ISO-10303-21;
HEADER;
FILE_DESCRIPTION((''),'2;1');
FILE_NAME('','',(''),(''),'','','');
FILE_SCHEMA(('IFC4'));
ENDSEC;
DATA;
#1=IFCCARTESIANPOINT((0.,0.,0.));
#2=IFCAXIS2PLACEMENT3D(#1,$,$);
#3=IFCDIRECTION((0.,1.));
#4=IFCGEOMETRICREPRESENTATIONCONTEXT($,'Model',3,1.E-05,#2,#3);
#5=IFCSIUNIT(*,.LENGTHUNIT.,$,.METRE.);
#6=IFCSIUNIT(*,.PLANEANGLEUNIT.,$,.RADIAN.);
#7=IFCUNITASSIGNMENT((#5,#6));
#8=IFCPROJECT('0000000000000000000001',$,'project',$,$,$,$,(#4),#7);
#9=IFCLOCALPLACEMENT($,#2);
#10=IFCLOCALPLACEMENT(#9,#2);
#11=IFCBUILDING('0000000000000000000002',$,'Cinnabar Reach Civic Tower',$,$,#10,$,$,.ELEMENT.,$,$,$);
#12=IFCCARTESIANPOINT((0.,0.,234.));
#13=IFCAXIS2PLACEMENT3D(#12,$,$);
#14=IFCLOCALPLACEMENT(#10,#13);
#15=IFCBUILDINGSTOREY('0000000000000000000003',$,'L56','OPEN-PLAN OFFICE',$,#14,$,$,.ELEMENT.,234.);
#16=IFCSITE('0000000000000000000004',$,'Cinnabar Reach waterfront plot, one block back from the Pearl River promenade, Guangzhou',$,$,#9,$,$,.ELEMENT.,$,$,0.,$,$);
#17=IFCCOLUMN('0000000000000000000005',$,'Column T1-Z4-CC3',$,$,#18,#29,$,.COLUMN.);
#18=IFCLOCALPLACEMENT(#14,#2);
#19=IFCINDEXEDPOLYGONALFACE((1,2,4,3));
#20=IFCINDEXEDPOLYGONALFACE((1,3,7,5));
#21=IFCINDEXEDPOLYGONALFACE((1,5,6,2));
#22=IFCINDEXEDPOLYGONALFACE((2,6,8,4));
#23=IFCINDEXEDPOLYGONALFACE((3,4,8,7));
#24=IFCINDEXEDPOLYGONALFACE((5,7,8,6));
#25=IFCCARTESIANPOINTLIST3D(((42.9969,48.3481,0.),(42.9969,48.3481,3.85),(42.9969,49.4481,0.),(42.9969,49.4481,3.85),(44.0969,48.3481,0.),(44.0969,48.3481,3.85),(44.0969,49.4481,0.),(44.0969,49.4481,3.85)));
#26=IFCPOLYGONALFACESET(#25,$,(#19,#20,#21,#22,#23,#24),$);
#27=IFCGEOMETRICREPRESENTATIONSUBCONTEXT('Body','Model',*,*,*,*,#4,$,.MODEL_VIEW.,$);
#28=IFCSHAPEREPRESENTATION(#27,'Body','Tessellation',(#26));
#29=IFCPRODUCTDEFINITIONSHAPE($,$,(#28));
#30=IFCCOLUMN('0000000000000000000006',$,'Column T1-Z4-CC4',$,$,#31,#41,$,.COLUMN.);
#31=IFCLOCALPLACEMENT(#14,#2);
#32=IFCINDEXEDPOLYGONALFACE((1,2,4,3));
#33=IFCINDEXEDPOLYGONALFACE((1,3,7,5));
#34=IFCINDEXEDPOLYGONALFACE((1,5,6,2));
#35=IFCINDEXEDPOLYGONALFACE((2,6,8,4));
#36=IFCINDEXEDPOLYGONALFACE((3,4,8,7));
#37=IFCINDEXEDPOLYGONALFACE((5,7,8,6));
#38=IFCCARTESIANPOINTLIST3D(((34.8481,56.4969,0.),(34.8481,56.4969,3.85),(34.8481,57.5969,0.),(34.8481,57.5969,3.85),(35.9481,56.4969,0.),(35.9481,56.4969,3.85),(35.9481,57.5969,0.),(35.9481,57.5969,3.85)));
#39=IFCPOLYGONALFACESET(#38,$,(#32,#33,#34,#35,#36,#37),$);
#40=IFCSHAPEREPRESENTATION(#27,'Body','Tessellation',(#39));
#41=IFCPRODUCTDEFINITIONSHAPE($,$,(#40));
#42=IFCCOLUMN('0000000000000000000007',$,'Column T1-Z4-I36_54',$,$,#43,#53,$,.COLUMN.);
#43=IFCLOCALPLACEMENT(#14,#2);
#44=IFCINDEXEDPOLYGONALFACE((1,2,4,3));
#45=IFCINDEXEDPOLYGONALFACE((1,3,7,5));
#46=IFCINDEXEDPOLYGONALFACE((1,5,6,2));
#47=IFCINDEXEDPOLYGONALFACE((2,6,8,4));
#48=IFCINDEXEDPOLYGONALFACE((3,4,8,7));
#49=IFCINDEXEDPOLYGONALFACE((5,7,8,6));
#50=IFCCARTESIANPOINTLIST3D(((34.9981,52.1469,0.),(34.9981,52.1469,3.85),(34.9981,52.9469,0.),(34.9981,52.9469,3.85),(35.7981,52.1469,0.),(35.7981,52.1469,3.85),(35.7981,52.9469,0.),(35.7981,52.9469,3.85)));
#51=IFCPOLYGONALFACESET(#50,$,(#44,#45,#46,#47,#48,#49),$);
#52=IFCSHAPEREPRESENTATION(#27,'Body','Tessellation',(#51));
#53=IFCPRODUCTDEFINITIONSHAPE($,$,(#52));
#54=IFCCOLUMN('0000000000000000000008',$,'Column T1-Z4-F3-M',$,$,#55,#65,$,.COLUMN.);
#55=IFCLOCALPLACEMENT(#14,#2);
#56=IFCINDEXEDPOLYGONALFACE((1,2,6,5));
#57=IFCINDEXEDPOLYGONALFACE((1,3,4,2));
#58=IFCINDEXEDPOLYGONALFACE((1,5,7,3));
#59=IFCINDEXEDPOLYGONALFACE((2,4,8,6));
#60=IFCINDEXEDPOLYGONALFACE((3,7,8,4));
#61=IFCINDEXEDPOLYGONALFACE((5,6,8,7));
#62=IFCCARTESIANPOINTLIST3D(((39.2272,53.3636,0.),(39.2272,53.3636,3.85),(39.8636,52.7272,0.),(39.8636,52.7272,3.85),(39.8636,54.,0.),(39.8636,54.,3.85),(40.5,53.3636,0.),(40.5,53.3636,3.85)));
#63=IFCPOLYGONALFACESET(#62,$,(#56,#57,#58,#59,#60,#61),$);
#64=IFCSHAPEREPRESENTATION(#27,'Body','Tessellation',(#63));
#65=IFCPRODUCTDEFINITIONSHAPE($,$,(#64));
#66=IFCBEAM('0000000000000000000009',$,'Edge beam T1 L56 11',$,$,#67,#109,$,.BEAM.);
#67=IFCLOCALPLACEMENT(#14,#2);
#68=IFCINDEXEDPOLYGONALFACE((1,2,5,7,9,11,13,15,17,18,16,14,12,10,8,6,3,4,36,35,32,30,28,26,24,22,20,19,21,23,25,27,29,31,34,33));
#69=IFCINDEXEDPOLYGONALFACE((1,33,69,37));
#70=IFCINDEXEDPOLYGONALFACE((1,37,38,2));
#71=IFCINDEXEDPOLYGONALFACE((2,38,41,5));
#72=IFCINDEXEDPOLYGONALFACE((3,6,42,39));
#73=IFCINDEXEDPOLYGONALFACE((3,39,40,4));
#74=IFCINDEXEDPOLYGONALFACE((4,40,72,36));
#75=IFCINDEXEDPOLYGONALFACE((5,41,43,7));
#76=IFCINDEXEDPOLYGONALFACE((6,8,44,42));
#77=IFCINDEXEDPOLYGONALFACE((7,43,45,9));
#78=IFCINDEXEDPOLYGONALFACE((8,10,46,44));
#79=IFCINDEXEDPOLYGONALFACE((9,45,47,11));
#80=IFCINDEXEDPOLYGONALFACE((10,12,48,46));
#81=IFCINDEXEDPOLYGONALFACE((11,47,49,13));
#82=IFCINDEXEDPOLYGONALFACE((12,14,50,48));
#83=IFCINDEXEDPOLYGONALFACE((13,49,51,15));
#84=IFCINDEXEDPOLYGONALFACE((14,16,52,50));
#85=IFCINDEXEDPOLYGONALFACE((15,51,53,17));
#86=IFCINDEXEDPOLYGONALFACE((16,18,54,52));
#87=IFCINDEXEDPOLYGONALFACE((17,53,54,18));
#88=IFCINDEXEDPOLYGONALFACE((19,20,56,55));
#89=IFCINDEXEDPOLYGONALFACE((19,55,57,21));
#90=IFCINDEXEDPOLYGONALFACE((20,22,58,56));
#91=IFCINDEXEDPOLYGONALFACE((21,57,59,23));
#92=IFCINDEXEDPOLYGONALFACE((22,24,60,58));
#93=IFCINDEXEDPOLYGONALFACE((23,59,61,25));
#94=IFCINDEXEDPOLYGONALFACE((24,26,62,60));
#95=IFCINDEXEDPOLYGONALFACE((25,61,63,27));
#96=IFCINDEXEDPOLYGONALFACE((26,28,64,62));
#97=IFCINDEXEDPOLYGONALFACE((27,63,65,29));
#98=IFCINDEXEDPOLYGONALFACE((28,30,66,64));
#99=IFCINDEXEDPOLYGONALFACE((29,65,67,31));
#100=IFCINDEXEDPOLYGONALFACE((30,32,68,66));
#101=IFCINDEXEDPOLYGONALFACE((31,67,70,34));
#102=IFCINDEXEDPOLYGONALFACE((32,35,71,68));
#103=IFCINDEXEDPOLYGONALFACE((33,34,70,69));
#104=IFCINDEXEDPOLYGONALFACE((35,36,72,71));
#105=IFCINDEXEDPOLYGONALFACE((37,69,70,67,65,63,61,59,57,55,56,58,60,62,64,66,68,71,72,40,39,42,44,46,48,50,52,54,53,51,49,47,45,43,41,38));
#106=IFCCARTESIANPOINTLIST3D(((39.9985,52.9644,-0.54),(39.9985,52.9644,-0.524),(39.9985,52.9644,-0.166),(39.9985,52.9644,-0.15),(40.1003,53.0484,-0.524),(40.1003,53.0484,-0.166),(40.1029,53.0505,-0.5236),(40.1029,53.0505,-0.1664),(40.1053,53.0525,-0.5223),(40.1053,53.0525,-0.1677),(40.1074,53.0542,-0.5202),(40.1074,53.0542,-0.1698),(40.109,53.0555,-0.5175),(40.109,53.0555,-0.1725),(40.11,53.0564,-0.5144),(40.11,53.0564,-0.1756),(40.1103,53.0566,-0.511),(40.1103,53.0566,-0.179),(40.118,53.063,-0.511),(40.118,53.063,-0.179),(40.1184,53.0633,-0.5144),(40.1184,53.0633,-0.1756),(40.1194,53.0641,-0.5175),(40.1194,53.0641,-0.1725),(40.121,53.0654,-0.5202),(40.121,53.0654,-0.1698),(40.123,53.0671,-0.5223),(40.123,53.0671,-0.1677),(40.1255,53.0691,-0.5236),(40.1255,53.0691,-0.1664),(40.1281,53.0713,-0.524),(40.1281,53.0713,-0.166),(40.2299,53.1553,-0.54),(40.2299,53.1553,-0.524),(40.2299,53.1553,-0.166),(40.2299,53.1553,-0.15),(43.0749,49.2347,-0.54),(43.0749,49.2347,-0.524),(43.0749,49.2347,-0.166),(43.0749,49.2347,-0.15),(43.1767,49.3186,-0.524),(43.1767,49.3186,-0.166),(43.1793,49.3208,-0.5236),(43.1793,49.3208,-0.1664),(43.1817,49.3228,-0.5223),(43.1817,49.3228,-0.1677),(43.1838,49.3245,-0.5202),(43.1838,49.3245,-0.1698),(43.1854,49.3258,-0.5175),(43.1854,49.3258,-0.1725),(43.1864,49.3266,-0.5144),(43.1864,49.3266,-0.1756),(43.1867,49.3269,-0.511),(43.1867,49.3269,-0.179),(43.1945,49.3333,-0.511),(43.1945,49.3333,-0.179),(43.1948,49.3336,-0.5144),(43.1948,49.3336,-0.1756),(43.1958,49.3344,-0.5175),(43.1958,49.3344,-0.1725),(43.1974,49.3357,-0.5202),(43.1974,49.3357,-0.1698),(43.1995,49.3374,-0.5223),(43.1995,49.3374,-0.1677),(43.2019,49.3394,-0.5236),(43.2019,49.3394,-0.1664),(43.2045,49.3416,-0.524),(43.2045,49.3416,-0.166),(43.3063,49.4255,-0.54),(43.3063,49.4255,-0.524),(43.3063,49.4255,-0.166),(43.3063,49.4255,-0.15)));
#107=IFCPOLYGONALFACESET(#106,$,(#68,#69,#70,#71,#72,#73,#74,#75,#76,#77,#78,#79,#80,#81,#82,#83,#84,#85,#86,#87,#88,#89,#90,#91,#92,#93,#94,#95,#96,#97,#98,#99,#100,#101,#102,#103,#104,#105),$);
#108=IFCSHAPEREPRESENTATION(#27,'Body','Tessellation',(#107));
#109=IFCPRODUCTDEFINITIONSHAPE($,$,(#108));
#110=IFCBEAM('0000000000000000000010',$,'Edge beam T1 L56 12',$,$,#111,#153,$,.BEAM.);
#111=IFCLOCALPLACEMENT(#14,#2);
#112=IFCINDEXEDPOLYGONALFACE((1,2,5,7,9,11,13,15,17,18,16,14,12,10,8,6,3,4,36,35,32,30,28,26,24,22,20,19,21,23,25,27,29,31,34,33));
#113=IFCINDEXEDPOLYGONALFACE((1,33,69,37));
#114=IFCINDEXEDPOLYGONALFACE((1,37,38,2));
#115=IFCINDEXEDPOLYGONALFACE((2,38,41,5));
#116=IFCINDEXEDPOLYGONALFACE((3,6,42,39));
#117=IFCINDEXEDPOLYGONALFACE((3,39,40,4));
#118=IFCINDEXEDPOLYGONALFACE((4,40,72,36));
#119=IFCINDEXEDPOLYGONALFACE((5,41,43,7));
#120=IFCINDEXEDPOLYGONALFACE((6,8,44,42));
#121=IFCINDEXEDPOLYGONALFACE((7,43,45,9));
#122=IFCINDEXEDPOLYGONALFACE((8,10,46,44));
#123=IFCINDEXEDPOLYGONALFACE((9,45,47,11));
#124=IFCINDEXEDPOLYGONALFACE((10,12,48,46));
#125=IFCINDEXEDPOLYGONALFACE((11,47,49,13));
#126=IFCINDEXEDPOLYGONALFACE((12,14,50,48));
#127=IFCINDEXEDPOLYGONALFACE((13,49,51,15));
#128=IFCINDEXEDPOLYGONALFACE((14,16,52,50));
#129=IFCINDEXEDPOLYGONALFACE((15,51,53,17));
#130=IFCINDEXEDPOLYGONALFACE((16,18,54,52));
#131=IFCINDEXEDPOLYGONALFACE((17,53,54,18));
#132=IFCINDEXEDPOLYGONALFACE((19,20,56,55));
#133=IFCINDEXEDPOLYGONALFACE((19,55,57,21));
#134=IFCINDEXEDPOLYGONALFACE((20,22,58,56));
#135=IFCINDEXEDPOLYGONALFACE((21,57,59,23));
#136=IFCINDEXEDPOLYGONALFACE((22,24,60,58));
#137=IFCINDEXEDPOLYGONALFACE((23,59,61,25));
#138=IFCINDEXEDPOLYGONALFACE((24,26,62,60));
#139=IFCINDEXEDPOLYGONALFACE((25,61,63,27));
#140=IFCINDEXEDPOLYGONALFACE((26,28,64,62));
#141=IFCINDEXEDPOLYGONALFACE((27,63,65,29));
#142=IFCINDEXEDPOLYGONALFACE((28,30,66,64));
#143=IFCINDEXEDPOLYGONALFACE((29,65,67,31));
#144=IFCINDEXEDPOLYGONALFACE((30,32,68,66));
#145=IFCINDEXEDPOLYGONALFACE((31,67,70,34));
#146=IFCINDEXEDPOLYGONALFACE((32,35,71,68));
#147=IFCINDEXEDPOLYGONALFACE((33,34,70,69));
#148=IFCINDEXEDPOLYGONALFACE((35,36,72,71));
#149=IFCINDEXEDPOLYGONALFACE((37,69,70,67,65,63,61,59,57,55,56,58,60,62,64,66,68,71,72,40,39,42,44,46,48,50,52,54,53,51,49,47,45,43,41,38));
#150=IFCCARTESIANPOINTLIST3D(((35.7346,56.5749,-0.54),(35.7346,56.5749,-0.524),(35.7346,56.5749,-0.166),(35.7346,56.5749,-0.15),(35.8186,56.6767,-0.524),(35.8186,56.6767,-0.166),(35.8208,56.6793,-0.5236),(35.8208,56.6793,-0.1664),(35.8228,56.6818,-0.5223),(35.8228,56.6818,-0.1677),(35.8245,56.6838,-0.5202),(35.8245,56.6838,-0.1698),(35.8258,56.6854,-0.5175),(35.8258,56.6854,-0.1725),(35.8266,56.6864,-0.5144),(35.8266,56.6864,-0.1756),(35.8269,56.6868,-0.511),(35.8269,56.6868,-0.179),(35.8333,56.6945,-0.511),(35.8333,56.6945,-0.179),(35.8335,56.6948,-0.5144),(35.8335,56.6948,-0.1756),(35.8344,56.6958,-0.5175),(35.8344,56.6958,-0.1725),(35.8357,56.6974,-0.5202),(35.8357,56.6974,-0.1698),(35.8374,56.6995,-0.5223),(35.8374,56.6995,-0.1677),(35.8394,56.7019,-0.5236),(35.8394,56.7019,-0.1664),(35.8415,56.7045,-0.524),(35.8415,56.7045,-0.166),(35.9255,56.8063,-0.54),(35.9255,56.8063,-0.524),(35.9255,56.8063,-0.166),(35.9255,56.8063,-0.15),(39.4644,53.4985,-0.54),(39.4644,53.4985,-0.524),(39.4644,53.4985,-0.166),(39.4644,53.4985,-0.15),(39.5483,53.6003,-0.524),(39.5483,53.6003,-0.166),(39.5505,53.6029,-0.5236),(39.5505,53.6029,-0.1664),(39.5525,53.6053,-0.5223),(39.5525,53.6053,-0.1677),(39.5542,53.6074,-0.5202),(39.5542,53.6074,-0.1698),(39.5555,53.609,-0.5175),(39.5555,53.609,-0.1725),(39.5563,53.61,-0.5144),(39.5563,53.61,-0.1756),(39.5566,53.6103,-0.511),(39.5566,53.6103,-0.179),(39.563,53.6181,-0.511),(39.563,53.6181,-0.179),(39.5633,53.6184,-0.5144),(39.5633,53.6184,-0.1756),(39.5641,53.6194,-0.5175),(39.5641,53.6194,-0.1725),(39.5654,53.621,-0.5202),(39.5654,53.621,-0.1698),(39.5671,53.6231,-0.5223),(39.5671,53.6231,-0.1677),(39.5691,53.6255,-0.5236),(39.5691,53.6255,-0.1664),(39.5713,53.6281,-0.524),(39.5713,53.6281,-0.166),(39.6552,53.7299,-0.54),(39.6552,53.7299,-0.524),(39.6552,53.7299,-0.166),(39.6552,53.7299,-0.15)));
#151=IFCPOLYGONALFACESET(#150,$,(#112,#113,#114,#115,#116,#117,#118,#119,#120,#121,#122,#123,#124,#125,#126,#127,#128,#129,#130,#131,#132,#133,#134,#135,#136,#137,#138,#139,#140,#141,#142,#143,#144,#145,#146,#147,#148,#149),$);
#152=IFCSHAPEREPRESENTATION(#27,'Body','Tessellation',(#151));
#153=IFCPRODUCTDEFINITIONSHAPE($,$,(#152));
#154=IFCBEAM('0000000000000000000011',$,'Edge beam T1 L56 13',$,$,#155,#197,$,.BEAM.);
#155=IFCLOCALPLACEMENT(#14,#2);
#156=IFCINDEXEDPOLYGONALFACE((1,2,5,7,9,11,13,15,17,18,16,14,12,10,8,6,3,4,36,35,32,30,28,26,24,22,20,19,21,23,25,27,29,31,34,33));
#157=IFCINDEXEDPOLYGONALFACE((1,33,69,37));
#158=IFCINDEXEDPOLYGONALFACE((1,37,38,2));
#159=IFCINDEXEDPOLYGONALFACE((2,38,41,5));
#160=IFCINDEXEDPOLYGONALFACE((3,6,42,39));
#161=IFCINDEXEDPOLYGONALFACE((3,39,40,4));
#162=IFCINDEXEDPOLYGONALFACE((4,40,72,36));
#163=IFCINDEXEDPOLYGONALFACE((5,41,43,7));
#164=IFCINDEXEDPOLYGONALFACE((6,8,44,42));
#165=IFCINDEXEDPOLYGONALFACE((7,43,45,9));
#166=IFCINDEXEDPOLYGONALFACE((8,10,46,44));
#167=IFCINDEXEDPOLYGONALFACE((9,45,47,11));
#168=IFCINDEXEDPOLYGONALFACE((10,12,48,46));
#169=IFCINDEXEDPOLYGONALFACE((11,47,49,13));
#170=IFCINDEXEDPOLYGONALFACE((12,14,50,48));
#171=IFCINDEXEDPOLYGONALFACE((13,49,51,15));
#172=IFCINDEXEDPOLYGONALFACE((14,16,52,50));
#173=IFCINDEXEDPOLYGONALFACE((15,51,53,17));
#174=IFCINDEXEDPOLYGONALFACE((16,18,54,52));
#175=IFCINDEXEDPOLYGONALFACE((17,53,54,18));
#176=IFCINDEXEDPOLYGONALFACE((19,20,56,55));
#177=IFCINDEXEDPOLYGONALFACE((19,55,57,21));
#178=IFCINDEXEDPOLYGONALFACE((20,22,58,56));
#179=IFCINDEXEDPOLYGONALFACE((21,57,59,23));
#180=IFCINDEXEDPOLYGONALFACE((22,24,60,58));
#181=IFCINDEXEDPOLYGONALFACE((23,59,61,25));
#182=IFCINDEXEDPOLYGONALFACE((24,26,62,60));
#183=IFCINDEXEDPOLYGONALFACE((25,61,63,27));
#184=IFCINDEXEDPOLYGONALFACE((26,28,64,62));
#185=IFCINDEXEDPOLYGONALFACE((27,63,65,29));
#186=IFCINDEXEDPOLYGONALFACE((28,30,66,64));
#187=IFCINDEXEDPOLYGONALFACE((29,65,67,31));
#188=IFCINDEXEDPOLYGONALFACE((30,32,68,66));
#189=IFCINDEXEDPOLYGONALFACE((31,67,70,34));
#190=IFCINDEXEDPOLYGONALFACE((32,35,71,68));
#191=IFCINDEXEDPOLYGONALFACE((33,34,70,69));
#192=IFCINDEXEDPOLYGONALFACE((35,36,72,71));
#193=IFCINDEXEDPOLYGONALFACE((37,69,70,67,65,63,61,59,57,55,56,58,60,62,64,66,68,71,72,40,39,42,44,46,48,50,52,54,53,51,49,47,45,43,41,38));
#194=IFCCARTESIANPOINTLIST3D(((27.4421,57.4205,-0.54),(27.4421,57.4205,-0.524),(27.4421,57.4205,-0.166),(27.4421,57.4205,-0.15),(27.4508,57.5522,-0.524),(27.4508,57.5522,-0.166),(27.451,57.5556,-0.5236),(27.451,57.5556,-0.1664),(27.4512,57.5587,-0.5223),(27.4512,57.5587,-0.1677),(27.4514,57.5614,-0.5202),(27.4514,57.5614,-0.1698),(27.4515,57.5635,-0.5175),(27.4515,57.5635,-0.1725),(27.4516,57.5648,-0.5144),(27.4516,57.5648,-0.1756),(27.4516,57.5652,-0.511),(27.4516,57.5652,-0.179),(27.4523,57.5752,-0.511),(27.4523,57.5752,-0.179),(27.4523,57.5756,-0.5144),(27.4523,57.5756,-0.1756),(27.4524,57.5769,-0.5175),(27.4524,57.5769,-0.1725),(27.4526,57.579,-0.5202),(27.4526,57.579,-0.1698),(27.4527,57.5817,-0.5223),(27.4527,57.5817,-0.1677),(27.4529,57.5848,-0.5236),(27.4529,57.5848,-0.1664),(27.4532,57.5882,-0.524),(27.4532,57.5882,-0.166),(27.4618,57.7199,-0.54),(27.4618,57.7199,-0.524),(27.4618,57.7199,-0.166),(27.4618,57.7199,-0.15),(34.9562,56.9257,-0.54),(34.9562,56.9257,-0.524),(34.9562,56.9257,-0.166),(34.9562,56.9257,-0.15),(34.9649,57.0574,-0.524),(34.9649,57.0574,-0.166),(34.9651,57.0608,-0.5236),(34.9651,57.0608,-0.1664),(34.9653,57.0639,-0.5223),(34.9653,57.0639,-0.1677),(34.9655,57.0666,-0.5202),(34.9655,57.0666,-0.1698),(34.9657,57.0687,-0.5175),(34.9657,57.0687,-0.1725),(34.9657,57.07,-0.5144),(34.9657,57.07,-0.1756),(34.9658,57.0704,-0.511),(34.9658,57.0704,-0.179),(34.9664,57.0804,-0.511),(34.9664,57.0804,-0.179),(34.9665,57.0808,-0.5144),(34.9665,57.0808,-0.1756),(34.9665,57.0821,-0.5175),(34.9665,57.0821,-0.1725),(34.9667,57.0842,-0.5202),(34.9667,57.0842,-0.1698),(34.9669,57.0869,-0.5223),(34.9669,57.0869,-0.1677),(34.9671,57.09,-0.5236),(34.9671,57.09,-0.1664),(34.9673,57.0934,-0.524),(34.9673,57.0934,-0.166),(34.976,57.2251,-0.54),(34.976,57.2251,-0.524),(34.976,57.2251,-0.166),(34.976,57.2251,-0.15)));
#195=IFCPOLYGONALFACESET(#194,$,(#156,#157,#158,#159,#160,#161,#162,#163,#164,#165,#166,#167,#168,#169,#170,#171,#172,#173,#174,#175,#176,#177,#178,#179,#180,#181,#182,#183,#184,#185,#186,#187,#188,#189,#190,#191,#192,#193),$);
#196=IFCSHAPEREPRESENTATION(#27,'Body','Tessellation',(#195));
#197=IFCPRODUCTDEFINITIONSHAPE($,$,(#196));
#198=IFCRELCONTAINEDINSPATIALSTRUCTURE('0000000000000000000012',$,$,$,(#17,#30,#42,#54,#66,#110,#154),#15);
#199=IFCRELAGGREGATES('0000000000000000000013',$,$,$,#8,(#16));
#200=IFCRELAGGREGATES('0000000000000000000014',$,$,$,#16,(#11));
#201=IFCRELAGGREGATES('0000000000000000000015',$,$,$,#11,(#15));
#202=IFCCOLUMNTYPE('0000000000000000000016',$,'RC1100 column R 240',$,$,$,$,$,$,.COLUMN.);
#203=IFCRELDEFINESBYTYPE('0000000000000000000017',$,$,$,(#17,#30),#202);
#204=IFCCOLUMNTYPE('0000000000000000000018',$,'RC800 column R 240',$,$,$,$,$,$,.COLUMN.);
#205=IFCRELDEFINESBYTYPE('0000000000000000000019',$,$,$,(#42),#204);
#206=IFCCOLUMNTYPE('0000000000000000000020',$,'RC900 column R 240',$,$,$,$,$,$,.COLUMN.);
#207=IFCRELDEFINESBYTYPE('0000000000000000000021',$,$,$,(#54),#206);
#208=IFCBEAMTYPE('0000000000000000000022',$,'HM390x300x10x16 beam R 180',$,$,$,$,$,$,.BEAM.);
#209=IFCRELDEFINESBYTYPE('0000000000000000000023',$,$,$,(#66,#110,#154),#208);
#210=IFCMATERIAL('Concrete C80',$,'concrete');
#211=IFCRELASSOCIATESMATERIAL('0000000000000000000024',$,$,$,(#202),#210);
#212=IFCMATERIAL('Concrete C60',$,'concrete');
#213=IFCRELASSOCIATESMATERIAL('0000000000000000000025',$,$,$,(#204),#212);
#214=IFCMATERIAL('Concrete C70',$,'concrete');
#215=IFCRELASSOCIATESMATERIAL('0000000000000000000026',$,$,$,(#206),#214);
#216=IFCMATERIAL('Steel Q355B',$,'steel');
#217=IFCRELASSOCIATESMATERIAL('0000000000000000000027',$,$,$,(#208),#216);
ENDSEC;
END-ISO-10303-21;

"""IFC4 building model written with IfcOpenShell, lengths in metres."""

from ifc_helpers import new_model, si_unit, direction, frame, origin, origin_2d, place, context, subcontext, project, spatial, rectangle, i_section, extrude, material, material_profile, profile_set, type_object, element, save


model = new_model("IFC4")

# Units and contexts
model_context = context("Model", 3, precision=1e-05, world=origin(), true_north=direction((0.0, 1.0)))
body_context = subcontext(model_context, "Body", "Model", "MODEL_VIEW")
ifc_project = project(units=[si_unit("LENGTHUNIT", "METRE"), si_unit("PLANEANGLEUNIT", "RADIAN")], contexts=[model_context])

# Site, building, storey
site_placement = place(None, origin())
site = spatial("IfcSite", under=ifc_project, at=site_placement, Name="Cinnabar Reach waterfront plot, one block back from the Pearl River promenade, Guangzhou", CompositionType="ELEMENT", RefElevation=0.0)
building_placement = place(site_placement, origin())
building = spatial("IfcBuilding", under=site, at=building_placement, Name="Cinnabar Reach Civic Tower", CompositionType="ELEMENT")
storey_placement = place(building_placement, frame((0.0, 0.0, 234.0)))
storey = spatial("IfcBuildingStorey", under=building, at=storey_placement, Name="L56", Description="OPEN-PLAN OFFICE", CompositionType="ELEMENT", Elevation=234.0)

# Columns
ifc_material_1 = material(Name="Concrete C80", Category="concrete")
ifc_material_profile_1 = material_profile(ifc_material_1, rectangle(XDim=1.1, YDim=1.1, at=origin_2d()), Name="RC1100")
ifc_profile_set_1 = profile_set([ifc_material_profile_1], Name="Concrete C80")
column_type_1 = type_object("IfcColumnType", Name="RC1100 column R 240", PredefinedType="COLUMN", material=ifc_profile_set_1)
for number, where, z_axis, x_axis, name in (
    (1, (43.5469, 48.8981, 0.0), (0.0, 0.0, 1.0), (1.0, 0.0, 0.0), "Column T1-Z4-CC3"),
    (2, (35.3981, 57.0469, 0.0), (0.0, 0.0, 1.0), (1.0, 0.0, 0.0), "Column T1-Z4-CC4"),
):
    element("IfcColumn", number, at=place(storey_placement, frame(where, z_axis=z_axis, x_axis=x_axis)), inside=storey, type_object=column_type_1, Name=name, PredefinedType="COLUMN", context=body_context, shape_type="SweptSolid", body=[
        extrude(rectangle(XDim=1.1, YDim=1.1, at=origin_2d()), origin(), (0.0, 0.0, 1.0), 3.85),
    ])
ifc_material_2 = material(Name="Concrete C60", Category="concrete")
ifc_material_profile_2 = material_profile(ifc_material_2, rectangle(XDim=0.8, YDim=0.8, at=origin_2d()), Name="RC800")
ifc_profile_set_2 = profile_set([ifc_material_profile_2], Name="Concrete C60")
column_type_2 = type_object("IfcColumnType", Name="RC800 column R 240", PredefinedType="COLUMN", material=ifc_profile_set_2)
column_1_placement = place(storey_placement, frame((35.3981, 52.5469, 0.0), z_axis=(0.0, 0.0, 1.0), x_axis=(1.0, 0.0, 0.0)))
element("IfcColumn", 3, at=column_1_placement, inside=storey, type_object=column_type_2, Name="Column T1-Z4-I36_54", PredefinedType="COLUMN", context=body_context, shape_type="SweptSolid", body=[
    extrude(rectangle(XDim=0.8, YDim=0.8, at=origin_2d()), origin(), (0.0, 0.0, 1.0), 3.85),
])
ifc_material_3 = material(Name="Concrete C70", Category="concrete")
ifc_material_profile_3 = material_profile(ifc_material_3, rectangle(XDim=0.9, YDim=0.9, at=origin_2d()), Name="RC900")
ifc_profile_set_3 = profile_set([ifc_material_profile_3], Name="Concrete C70")
column_type_3 = type_object("IfcColumnType", Name="RC900 column R 240", PredefinedType="COLUMN", material=ifc_profile_set_3)
column_2_placement = place(storey_placement, frame((39.8636, 53.3636, 0.0), z_axis=(0.0, 0.0, 1.0), x_axis=(0.707107, 0.707107, 0.0)))
element("IfcColumn", 4, at=column_2_placement, inside=storey, type_object=column_type_3, Name="Column T1-Z4-F3-M", PredefinedType="COLUMN", context=body_context, shape_type="SweptSolid", body=[
    extrude(rectangle(XDim=0.9, YDim=0.9, at=origin_2d()), origin(), (0.0, 0.0, 1.0), 3.85),
])

# Beams
ifc_material_4 = material(Name="Steel Q355B", Category="steel")
ifc_material_profile_4 = material_profile(ifc_material_4, i_section(OverallWidth=0.3, OverallDepth=0.39, WebThickness=0.01, FlangeThickness=0.016, FilletRadius=0.013, at=origin_2d()), Name="HM390x300x10x16")
ifc_profile_set_4 = profile_set([ifc_material_profile_4], Name="Steel Q355B")
beam_type_1 = type_object("IfcBeamType", Name="HM390x300x10x16 beam R 180", PredefinedType="BEAM", material=ifc_profile_set_4)
for number, where, z_axis, x_axis, name in (
    (5, (43.1906, 49.3301, -0.345), (-0.636309, 0.771434, 0.0), (-0.771434, -0.636309, 0.0), "Edge beam T1 L56 11"),
    (6, (39.5598, 53.6142, -0.345), (-0.771434, 0.636309, 0.0), (-0.636309, -0.771434, 0.0), "Edge beam T1 L56 12"),
):
    element("IfcBeam", number, at=place(storey_placement, frame(where, z_axis=z_axis, x_axis=x_axis)), inside=storey, type_object=beam_type_1, Name=name, PredefinedType="BEAM", context=body_context, shape_type="SweptSolid", body=[
        extrude(i_section(OverallWidth=0.3, OverallDepth=0.39, WebThickness=0.01, FlangeThickness=0.016, FilletRadius=0.013, at=origin_2d()), origin(), (0.0, 0.0, 1.0), 4.8348),
    ])
beam_1_placement = place(storey_placement, frame((34.9661, 57.0754, -0.345), z_axis=(-0.997839, 0.065707, 0.0), x_axis=(-0.065707, -0.997839, 0.0)))
element("IfcBeam", 7, at=beam_1_placement, inside=storey, type_object=beam_type_1, Name="Edge beam T1 L56 13", PredefinedType="BEAM", context=body_context, shape_type="SweptSolid", body=[
    extrude(i_section(OverallWidth=0.3, OverallDepth=0.39, WebThickness=0.01, FlangeThickness=0.016, FilletRadius=0.013, at=origin_2d()), origin(), (0.0, 0.0, 1.0), 7.5304),
])

save(model, "model.ifc")
